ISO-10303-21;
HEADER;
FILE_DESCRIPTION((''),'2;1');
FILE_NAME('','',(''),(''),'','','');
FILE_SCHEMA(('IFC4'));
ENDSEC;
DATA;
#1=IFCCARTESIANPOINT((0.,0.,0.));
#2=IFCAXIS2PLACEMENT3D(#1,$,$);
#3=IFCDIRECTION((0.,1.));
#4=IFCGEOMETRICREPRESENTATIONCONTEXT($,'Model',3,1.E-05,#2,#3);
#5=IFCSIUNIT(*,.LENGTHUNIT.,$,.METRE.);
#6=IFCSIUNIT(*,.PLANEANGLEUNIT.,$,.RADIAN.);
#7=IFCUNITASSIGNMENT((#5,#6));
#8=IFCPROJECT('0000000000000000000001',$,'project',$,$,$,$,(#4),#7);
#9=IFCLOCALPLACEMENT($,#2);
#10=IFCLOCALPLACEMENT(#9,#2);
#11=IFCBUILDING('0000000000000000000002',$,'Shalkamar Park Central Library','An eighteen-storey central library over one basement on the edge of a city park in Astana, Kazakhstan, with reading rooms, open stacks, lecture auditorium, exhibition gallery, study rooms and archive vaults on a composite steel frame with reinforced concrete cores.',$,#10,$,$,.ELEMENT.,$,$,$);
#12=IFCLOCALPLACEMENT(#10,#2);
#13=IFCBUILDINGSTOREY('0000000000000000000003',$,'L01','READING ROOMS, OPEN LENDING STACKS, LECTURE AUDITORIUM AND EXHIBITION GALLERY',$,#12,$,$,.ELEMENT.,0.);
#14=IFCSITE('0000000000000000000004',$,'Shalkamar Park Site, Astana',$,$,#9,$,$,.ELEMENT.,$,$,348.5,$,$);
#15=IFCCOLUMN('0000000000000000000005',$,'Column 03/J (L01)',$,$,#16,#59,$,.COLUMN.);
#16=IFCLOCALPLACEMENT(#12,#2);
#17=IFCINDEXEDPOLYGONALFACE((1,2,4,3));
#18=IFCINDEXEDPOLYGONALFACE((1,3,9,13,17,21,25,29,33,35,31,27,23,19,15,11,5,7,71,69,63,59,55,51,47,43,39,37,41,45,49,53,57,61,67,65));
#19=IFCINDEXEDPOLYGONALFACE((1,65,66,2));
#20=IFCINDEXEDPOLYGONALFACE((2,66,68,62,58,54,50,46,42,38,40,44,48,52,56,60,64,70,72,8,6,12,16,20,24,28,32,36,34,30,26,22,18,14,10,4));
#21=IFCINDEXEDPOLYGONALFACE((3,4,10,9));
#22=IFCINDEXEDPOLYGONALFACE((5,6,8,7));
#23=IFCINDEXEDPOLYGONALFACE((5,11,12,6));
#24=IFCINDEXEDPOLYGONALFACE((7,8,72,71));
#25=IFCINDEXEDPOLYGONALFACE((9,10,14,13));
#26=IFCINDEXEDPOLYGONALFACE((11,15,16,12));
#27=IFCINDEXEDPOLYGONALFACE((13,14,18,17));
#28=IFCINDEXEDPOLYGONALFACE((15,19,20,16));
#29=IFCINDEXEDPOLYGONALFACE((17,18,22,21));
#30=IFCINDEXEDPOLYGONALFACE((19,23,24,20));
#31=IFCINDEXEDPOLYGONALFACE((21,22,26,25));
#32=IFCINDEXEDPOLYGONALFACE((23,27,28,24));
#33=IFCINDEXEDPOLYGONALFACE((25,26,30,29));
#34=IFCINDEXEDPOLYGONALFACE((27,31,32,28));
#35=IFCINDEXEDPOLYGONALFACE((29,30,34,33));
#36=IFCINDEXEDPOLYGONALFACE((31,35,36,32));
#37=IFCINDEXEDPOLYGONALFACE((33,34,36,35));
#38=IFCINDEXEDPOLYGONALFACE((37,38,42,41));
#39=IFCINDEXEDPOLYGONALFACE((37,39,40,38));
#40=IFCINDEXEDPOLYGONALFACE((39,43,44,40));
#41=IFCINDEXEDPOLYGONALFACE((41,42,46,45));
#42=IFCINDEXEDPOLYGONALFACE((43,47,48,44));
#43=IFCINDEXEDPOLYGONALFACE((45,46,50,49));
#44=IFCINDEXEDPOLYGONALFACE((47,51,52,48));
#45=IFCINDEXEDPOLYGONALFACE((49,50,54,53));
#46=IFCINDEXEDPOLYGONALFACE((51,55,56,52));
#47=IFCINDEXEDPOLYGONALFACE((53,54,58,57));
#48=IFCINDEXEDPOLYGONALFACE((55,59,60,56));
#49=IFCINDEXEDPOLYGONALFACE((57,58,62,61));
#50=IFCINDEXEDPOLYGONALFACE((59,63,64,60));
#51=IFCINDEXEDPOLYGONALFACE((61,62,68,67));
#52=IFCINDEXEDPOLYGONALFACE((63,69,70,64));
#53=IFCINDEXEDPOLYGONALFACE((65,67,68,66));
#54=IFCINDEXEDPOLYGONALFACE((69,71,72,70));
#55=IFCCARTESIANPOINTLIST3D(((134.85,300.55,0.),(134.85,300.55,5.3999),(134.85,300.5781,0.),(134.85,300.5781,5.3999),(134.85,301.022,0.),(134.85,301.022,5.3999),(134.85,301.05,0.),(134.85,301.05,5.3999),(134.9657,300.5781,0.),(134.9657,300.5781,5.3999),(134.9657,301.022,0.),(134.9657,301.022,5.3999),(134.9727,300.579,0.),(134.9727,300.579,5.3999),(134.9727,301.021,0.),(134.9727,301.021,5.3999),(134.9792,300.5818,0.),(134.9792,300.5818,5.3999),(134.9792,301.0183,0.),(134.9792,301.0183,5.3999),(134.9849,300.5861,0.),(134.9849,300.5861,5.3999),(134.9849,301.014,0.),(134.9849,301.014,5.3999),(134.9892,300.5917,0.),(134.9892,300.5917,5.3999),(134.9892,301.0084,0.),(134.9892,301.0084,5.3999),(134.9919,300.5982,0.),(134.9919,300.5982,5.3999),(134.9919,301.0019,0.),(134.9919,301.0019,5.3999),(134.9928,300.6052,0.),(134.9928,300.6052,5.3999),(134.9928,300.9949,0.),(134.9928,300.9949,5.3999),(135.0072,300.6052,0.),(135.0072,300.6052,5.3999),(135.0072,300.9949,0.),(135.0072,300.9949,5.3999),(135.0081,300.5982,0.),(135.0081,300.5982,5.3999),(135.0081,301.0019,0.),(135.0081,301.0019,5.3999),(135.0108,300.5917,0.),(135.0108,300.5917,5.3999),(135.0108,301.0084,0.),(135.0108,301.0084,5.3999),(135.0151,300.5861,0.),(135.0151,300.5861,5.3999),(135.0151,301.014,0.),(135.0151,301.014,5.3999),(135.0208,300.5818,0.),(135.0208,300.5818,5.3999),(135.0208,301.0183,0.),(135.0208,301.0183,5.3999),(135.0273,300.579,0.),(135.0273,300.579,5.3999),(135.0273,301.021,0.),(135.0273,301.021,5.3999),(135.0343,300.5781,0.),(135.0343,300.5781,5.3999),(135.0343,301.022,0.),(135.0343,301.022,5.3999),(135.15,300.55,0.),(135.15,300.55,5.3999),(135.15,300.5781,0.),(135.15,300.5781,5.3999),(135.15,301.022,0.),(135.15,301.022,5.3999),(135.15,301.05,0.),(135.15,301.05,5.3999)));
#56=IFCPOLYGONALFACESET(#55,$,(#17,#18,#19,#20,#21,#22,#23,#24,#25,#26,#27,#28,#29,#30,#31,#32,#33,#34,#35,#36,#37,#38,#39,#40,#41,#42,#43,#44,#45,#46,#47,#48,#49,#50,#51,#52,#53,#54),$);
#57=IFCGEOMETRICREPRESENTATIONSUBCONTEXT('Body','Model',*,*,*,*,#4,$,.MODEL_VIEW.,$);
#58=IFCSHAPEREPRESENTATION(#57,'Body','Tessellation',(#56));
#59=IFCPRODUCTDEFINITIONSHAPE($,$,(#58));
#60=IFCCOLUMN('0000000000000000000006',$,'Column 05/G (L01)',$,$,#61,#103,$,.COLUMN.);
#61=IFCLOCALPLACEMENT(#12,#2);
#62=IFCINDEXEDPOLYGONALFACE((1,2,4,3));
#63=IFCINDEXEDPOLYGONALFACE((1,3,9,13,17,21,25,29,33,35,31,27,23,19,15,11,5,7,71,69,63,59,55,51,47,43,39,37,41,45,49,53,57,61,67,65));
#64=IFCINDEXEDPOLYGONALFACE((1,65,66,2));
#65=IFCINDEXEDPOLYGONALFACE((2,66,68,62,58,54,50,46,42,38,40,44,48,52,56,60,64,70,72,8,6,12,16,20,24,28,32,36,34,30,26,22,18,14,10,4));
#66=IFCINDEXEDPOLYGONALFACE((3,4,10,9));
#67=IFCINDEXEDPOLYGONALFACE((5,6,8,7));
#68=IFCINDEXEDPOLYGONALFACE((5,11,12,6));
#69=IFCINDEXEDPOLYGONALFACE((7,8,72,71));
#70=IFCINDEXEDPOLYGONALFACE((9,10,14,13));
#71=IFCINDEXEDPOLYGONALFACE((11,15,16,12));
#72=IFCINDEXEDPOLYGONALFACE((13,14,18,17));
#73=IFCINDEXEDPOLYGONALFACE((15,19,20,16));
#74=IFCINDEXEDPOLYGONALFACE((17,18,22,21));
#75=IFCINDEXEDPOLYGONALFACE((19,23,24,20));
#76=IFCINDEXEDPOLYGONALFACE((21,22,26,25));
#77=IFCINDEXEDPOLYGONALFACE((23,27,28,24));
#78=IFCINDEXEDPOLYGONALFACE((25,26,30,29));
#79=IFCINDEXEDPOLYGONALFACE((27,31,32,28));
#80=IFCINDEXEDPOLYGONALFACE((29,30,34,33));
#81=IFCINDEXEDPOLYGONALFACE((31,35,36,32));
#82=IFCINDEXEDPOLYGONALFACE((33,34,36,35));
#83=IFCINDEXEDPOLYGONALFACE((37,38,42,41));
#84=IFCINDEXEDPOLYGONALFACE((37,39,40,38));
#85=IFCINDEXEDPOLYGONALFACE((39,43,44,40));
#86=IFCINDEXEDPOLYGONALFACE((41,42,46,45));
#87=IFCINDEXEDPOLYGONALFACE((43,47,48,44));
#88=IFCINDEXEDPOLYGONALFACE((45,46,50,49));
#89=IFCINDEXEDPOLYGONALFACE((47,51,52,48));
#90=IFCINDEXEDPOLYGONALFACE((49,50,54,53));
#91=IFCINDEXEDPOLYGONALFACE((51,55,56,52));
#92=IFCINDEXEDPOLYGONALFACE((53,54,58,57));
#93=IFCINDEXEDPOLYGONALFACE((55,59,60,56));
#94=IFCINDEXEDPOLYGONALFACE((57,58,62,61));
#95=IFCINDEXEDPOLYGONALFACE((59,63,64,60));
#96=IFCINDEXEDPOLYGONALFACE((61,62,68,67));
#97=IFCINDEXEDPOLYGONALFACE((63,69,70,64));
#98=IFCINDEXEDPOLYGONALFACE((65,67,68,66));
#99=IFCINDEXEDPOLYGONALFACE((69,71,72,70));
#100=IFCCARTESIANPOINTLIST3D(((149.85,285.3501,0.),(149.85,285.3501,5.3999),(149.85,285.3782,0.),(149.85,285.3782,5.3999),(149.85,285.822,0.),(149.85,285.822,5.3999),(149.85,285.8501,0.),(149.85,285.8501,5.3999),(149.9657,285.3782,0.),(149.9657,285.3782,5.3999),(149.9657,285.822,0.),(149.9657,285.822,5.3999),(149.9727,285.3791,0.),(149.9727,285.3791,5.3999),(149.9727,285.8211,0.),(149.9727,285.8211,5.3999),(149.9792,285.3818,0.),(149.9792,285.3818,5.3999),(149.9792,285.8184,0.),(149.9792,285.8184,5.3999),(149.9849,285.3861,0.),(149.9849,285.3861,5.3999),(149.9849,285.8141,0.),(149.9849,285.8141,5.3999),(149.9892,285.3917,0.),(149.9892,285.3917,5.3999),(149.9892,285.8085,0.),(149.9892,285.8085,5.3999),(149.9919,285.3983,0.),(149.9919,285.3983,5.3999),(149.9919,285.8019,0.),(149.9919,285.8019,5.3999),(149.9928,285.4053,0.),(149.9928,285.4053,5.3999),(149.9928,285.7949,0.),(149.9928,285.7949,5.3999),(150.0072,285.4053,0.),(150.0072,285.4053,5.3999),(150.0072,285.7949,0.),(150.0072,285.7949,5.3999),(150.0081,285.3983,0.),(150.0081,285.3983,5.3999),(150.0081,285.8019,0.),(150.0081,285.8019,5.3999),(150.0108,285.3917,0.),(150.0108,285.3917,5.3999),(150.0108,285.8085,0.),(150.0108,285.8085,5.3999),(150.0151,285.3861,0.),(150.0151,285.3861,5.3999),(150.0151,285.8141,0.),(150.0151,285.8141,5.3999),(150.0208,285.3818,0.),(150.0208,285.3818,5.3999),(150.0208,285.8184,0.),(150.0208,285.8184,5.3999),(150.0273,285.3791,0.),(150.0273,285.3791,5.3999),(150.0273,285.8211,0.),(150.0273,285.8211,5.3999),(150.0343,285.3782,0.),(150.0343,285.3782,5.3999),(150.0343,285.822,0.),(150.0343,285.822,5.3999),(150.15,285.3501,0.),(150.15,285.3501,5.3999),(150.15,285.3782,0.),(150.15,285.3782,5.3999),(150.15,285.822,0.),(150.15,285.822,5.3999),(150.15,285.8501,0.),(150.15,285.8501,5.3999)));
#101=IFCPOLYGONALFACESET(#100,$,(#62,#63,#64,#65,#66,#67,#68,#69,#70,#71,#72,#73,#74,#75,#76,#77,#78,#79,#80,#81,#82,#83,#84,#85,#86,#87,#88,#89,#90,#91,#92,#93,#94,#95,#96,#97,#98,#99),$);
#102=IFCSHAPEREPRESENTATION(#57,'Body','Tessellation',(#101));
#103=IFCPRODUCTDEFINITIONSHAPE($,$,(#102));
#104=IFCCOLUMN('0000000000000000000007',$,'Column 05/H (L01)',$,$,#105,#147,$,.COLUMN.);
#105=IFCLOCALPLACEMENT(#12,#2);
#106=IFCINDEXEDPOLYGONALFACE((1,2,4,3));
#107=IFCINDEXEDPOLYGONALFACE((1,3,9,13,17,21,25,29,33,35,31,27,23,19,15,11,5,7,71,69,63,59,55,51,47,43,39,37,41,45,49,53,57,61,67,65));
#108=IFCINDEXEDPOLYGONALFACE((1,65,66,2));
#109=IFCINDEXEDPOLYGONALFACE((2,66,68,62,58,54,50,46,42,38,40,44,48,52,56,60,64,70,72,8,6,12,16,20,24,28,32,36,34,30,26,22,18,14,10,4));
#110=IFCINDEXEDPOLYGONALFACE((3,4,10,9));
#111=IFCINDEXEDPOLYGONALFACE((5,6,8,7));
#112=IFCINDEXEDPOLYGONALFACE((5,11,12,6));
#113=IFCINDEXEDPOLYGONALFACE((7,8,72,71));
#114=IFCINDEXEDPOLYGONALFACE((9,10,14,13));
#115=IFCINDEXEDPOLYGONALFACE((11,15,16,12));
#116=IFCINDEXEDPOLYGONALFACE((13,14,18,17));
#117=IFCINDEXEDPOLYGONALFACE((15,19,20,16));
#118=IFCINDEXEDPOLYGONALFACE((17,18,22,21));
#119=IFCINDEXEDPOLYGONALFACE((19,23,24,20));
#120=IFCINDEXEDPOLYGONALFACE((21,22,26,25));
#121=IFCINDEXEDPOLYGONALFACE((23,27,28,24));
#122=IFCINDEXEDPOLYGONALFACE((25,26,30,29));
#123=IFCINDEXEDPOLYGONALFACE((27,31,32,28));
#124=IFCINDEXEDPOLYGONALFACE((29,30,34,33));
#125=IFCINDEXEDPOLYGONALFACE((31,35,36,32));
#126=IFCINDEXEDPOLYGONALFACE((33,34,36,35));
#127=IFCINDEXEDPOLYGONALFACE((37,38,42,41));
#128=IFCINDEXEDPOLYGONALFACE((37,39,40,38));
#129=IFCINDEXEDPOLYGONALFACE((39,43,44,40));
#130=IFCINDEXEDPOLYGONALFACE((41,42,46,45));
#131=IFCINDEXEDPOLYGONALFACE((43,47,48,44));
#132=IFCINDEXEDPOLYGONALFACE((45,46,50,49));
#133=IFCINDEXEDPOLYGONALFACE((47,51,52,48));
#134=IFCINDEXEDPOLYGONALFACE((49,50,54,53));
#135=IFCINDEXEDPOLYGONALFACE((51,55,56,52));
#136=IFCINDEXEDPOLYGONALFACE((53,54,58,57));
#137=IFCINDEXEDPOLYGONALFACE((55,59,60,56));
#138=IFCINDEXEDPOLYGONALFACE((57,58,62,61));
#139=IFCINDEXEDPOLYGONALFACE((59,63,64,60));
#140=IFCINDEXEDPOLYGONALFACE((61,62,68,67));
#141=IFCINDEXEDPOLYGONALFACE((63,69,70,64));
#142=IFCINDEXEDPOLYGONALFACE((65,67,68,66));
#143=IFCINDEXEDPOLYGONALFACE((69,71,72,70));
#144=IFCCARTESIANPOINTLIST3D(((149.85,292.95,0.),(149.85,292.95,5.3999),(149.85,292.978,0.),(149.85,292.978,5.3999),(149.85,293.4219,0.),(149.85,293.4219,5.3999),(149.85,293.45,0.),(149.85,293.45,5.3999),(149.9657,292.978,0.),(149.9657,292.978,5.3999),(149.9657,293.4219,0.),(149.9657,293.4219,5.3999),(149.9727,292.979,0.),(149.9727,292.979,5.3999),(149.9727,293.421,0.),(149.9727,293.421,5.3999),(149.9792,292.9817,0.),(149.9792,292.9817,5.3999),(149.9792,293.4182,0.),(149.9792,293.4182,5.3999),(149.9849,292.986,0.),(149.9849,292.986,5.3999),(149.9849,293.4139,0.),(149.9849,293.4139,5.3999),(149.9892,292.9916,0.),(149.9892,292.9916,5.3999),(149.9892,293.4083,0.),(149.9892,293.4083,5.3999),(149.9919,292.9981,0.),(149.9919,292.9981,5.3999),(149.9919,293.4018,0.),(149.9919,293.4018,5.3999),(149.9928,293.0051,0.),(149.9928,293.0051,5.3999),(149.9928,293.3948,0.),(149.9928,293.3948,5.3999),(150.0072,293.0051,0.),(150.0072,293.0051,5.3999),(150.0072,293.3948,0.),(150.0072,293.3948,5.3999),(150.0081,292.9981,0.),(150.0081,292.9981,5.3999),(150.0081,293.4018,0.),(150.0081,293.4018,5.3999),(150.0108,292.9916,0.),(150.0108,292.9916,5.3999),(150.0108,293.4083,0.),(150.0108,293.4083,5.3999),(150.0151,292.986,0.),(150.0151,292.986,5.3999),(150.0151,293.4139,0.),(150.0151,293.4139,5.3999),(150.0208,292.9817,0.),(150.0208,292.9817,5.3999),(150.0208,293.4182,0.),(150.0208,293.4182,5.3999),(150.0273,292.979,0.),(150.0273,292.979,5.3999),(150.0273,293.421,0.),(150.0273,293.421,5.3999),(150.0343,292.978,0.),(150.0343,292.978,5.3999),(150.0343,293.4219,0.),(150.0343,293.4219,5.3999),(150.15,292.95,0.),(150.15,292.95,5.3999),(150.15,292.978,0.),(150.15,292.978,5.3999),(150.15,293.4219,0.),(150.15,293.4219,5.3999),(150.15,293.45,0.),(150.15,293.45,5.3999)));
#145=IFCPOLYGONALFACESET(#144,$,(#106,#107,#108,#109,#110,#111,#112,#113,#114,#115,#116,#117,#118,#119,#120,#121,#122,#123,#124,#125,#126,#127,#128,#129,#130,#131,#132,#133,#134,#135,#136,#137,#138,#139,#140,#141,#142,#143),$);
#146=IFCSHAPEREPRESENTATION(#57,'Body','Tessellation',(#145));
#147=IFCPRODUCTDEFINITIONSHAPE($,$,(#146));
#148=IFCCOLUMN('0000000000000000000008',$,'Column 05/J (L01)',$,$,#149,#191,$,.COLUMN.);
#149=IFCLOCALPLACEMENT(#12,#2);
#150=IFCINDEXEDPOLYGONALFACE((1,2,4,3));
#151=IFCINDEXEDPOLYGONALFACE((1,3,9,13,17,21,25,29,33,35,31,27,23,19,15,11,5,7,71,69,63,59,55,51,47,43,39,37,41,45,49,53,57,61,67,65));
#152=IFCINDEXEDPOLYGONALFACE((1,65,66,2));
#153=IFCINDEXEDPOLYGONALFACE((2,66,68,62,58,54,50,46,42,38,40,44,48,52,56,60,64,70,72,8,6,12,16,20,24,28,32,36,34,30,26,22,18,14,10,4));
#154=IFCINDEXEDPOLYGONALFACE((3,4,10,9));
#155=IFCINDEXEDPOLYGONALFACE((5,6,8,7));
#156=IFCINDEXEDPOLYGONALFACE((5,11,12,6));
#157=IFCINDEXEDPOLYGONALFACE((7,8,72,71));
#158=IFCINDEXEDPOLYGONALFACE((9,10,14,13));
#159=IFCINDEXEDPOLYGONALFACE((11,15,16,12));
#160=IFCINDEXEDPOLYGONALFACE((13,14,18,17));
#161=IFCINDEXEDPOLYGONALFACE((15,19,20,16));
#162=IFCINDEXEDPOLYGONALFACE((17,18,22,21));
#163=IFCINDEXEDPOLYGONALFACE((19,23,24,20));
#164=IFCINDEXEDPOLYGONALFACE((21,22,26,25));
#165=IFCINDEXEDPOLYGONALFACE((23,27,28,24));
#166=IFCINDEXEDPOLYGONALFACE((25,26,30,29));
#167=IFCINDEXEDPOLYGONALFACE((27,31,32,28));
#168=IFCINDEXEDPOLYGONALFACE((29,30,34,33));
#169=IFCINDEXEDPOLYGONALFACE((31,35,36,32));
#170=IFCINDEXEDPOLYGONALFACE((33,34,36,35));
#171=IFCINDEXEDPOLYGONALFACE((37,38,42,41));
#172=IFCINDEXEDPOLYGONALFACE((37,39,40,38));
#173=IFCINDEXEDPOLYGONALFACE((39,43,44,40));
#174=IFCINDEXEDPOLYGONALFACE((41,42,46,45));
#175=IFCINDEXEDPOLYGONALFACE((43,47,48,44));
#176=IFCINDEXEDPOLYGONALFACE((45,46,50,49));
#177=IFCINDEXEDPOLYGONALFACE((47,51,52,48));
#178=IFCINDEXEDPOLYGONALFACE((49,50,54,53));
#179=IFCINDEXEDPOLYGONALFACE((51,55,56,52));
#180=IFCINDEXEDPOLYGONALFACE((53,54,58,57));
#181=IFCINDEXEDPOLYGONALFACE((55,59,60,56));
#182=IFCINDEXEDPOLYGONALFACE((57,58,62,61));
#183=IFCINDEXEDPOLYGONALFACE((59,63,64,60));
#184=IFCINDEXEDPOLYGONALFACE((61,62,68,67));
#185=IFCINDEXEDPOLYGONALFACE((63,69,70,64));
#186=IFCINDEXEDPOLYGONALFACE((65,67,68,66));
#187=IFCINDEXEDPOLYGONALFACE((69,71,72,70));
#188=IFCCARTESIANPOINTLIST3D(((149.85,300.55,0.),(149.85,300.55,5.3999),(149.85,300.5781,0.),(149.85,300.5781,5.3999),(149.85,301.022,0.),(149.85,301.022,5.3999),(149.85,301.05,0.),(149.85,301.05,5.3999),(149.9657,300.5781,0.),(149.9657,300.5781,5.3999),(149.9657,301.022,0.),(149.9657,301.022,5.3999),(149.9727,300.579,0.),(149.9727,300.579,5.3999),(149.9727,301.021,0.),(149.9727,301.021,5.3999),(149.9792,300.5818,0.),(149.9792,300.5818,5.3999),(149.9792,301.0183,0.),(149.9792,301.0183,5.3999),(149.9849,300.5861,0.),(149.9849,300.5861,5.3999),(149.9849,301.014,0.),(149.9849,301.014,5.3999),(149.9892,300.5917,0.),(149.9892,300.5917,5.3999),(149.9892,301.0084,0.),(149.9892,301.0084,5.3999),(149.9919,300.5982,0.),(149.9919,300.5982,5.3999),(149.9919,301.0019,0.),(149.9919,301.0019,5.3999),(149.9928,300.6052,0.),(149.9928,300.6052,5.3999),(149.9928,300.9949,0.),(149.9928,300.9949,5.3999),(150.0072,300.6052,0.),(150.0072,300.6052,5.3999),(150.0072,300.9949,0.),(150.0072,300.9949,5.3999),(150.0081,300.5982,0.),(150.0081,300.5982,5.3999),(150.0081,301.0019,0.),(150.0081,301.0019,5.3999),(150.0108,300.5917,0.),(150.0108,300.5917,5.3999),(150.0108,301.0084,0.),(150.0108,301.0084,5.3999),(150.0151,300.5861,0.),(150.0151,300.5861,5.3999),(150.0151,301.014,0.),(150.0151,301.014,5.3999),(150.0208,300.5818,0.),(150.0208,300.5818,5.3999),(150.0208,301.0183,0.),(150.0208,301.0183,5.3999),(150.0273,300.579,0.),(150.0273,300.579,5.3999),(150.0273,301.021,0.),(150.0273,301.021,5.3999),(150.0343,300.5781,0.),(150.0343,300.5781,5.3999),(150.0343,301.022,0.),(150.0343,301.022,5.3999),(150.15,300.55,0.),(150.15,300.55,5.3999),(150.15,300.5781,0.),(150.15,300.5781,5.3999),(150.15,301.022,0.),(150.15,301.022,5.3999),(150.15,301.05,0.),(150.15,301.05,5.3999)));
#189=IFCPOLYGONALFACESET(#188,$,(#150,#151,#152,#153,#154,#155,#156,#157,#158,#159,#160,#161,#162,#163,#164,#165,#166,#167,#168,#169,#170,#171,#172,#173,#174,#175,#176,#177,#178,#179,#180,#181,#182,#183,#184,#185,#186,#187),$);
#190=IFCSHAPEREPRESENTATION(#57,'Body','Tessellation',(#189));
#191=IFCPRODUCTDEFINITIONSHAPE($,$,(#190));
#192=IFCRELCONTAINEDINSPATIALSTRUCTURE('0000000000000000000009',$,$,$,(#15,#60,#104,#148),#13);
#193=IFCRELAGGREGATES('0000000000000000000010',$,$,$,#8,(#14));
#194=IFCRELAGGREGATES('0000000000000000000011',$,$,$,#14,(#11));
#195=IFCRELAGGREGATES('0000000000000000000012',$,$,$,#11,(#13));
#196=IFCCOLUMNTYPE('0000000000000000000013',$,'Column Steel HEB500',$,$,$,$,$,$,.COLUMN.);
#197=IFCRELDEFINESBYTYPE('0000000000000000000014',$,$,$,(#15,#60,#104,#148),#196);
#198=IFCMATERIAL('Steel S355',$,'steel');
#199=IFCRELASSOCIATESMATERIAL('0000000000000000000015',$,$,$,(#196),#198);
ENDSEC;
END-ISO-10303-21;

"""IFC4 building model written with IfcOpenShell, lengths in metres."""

from ifc_helpers import new_model, si_unit, direction, frame, origin, origin_2d, place, context, subcontext, project, spatial, i_section, extrude, material, material_profile, profile_set, type_object, element, save


model = new_model("IFC4")

# Units and contexts
model_context = context("Model", 3, precision=1e-05, world=origin(), true_north=direction((0.0, 1.0)))
body_context = subcontext(model_context, "Body", "Model", "MODEL_VIEW")
ifc_project = project(units=[si_unit("LENGTHUNIT", "METRE"), si_unit("PLANEANGLEUNIT", "RADIAN")], contexts=[model_context])

# Site, building, storey
site_placement = place(None, origin())
site = spatial("IfcSite", under=ifc_project, at=site_placement, Name="Shalkamar Park Site, Astana", CompositionType="ELEMENT", RefElevation=348.5)
building_placement = place(site_placement, origin())
building = spatial("IfcBuilding", under=site, at=building_placement, Name="Shalkamar Park Central Library", Description="An eighteen-storey central library over one basement on the edge of a city park in Astana, Kazakhstan, with reading rooms, open stacks, lecture auditorium, exhibition gallery, study rooms and archive vaults on a composite steel frame with reinforced concrete cores.", CompositionType="ELEMENT")
storey_placement = place(building_placement, origin())
storey = spatial("IfcBuildingStorey", under=building, at=storey_placement, Name="L01", Description="READING ROOMS, OPEN LENDING STACKS, LECTURE AUDITORIUM AND EXHIBITION GALLERY", CompositionType="ELEMENT", Elevation=0.0)

# Columns
ifc_material = material(Name="Steel S355", Category="steel")
ifc_material_profile_1 = material_profile(ifc_material, i_section(OverallWidth=0.3, OverallDepth=0.5, WebThickness=0.0144, FlangeThickness=0.0281, FilletRadius=0.0271, at=origin_2d()), Name="HEB 500")
ifc_profile_set_1 = profile_set([ifc_material_profile_1], Name="Steel S355")
column_type_1 = type_object("IfcColumnType", Name="Column Steel HEB500", PredefinedType="COLUMN", material=ifc_profile_set_1)
for number, where, z_axis, x_axis, name in (
    (1, (135.0, 300.8, 0.0), (0.0, 0.0, 1.0), (1.0, 0.0, 0.0), "Column 03/J (L01)"),
    (2, (150.0, 285.6001, 0.0), (0.0, 0.0, 1.0), (1.0, 0.0, 0.0), "Column 05/G (L01)"),
    (3, (150.0, 293.2, 0.0), (0.0, 0.0, 1.0), (1.0, 0.0, 0.0), "Column 05/H (L01)"),
    (4, (150.0, 300.8, 0.0), (0.0, 0.0, 1.0), (1.0, 0.0, 0.0), "Column 05/J (L01)"),
):
    element("IfcColumn", number, at=place(storey_placement, frame(where, z_axis=z_axis, x_axis=x_axis)), inside=storey, type_object=column_type_1, Name=name, PredefinedType="COLUMN", context=body_context, shape_type="SweptSolid", body=[
        extrude(i_section(OverallWidth=0.3, OverallDepth=0.5, WebThickness=0.0144, FlangeThickness=0.0281, FilletRadius=0.0271, at=origin_2d()), origin(), (0.0, 0.0, 1.0), 5.3999),
    ])

save(model, "model.ifc")
